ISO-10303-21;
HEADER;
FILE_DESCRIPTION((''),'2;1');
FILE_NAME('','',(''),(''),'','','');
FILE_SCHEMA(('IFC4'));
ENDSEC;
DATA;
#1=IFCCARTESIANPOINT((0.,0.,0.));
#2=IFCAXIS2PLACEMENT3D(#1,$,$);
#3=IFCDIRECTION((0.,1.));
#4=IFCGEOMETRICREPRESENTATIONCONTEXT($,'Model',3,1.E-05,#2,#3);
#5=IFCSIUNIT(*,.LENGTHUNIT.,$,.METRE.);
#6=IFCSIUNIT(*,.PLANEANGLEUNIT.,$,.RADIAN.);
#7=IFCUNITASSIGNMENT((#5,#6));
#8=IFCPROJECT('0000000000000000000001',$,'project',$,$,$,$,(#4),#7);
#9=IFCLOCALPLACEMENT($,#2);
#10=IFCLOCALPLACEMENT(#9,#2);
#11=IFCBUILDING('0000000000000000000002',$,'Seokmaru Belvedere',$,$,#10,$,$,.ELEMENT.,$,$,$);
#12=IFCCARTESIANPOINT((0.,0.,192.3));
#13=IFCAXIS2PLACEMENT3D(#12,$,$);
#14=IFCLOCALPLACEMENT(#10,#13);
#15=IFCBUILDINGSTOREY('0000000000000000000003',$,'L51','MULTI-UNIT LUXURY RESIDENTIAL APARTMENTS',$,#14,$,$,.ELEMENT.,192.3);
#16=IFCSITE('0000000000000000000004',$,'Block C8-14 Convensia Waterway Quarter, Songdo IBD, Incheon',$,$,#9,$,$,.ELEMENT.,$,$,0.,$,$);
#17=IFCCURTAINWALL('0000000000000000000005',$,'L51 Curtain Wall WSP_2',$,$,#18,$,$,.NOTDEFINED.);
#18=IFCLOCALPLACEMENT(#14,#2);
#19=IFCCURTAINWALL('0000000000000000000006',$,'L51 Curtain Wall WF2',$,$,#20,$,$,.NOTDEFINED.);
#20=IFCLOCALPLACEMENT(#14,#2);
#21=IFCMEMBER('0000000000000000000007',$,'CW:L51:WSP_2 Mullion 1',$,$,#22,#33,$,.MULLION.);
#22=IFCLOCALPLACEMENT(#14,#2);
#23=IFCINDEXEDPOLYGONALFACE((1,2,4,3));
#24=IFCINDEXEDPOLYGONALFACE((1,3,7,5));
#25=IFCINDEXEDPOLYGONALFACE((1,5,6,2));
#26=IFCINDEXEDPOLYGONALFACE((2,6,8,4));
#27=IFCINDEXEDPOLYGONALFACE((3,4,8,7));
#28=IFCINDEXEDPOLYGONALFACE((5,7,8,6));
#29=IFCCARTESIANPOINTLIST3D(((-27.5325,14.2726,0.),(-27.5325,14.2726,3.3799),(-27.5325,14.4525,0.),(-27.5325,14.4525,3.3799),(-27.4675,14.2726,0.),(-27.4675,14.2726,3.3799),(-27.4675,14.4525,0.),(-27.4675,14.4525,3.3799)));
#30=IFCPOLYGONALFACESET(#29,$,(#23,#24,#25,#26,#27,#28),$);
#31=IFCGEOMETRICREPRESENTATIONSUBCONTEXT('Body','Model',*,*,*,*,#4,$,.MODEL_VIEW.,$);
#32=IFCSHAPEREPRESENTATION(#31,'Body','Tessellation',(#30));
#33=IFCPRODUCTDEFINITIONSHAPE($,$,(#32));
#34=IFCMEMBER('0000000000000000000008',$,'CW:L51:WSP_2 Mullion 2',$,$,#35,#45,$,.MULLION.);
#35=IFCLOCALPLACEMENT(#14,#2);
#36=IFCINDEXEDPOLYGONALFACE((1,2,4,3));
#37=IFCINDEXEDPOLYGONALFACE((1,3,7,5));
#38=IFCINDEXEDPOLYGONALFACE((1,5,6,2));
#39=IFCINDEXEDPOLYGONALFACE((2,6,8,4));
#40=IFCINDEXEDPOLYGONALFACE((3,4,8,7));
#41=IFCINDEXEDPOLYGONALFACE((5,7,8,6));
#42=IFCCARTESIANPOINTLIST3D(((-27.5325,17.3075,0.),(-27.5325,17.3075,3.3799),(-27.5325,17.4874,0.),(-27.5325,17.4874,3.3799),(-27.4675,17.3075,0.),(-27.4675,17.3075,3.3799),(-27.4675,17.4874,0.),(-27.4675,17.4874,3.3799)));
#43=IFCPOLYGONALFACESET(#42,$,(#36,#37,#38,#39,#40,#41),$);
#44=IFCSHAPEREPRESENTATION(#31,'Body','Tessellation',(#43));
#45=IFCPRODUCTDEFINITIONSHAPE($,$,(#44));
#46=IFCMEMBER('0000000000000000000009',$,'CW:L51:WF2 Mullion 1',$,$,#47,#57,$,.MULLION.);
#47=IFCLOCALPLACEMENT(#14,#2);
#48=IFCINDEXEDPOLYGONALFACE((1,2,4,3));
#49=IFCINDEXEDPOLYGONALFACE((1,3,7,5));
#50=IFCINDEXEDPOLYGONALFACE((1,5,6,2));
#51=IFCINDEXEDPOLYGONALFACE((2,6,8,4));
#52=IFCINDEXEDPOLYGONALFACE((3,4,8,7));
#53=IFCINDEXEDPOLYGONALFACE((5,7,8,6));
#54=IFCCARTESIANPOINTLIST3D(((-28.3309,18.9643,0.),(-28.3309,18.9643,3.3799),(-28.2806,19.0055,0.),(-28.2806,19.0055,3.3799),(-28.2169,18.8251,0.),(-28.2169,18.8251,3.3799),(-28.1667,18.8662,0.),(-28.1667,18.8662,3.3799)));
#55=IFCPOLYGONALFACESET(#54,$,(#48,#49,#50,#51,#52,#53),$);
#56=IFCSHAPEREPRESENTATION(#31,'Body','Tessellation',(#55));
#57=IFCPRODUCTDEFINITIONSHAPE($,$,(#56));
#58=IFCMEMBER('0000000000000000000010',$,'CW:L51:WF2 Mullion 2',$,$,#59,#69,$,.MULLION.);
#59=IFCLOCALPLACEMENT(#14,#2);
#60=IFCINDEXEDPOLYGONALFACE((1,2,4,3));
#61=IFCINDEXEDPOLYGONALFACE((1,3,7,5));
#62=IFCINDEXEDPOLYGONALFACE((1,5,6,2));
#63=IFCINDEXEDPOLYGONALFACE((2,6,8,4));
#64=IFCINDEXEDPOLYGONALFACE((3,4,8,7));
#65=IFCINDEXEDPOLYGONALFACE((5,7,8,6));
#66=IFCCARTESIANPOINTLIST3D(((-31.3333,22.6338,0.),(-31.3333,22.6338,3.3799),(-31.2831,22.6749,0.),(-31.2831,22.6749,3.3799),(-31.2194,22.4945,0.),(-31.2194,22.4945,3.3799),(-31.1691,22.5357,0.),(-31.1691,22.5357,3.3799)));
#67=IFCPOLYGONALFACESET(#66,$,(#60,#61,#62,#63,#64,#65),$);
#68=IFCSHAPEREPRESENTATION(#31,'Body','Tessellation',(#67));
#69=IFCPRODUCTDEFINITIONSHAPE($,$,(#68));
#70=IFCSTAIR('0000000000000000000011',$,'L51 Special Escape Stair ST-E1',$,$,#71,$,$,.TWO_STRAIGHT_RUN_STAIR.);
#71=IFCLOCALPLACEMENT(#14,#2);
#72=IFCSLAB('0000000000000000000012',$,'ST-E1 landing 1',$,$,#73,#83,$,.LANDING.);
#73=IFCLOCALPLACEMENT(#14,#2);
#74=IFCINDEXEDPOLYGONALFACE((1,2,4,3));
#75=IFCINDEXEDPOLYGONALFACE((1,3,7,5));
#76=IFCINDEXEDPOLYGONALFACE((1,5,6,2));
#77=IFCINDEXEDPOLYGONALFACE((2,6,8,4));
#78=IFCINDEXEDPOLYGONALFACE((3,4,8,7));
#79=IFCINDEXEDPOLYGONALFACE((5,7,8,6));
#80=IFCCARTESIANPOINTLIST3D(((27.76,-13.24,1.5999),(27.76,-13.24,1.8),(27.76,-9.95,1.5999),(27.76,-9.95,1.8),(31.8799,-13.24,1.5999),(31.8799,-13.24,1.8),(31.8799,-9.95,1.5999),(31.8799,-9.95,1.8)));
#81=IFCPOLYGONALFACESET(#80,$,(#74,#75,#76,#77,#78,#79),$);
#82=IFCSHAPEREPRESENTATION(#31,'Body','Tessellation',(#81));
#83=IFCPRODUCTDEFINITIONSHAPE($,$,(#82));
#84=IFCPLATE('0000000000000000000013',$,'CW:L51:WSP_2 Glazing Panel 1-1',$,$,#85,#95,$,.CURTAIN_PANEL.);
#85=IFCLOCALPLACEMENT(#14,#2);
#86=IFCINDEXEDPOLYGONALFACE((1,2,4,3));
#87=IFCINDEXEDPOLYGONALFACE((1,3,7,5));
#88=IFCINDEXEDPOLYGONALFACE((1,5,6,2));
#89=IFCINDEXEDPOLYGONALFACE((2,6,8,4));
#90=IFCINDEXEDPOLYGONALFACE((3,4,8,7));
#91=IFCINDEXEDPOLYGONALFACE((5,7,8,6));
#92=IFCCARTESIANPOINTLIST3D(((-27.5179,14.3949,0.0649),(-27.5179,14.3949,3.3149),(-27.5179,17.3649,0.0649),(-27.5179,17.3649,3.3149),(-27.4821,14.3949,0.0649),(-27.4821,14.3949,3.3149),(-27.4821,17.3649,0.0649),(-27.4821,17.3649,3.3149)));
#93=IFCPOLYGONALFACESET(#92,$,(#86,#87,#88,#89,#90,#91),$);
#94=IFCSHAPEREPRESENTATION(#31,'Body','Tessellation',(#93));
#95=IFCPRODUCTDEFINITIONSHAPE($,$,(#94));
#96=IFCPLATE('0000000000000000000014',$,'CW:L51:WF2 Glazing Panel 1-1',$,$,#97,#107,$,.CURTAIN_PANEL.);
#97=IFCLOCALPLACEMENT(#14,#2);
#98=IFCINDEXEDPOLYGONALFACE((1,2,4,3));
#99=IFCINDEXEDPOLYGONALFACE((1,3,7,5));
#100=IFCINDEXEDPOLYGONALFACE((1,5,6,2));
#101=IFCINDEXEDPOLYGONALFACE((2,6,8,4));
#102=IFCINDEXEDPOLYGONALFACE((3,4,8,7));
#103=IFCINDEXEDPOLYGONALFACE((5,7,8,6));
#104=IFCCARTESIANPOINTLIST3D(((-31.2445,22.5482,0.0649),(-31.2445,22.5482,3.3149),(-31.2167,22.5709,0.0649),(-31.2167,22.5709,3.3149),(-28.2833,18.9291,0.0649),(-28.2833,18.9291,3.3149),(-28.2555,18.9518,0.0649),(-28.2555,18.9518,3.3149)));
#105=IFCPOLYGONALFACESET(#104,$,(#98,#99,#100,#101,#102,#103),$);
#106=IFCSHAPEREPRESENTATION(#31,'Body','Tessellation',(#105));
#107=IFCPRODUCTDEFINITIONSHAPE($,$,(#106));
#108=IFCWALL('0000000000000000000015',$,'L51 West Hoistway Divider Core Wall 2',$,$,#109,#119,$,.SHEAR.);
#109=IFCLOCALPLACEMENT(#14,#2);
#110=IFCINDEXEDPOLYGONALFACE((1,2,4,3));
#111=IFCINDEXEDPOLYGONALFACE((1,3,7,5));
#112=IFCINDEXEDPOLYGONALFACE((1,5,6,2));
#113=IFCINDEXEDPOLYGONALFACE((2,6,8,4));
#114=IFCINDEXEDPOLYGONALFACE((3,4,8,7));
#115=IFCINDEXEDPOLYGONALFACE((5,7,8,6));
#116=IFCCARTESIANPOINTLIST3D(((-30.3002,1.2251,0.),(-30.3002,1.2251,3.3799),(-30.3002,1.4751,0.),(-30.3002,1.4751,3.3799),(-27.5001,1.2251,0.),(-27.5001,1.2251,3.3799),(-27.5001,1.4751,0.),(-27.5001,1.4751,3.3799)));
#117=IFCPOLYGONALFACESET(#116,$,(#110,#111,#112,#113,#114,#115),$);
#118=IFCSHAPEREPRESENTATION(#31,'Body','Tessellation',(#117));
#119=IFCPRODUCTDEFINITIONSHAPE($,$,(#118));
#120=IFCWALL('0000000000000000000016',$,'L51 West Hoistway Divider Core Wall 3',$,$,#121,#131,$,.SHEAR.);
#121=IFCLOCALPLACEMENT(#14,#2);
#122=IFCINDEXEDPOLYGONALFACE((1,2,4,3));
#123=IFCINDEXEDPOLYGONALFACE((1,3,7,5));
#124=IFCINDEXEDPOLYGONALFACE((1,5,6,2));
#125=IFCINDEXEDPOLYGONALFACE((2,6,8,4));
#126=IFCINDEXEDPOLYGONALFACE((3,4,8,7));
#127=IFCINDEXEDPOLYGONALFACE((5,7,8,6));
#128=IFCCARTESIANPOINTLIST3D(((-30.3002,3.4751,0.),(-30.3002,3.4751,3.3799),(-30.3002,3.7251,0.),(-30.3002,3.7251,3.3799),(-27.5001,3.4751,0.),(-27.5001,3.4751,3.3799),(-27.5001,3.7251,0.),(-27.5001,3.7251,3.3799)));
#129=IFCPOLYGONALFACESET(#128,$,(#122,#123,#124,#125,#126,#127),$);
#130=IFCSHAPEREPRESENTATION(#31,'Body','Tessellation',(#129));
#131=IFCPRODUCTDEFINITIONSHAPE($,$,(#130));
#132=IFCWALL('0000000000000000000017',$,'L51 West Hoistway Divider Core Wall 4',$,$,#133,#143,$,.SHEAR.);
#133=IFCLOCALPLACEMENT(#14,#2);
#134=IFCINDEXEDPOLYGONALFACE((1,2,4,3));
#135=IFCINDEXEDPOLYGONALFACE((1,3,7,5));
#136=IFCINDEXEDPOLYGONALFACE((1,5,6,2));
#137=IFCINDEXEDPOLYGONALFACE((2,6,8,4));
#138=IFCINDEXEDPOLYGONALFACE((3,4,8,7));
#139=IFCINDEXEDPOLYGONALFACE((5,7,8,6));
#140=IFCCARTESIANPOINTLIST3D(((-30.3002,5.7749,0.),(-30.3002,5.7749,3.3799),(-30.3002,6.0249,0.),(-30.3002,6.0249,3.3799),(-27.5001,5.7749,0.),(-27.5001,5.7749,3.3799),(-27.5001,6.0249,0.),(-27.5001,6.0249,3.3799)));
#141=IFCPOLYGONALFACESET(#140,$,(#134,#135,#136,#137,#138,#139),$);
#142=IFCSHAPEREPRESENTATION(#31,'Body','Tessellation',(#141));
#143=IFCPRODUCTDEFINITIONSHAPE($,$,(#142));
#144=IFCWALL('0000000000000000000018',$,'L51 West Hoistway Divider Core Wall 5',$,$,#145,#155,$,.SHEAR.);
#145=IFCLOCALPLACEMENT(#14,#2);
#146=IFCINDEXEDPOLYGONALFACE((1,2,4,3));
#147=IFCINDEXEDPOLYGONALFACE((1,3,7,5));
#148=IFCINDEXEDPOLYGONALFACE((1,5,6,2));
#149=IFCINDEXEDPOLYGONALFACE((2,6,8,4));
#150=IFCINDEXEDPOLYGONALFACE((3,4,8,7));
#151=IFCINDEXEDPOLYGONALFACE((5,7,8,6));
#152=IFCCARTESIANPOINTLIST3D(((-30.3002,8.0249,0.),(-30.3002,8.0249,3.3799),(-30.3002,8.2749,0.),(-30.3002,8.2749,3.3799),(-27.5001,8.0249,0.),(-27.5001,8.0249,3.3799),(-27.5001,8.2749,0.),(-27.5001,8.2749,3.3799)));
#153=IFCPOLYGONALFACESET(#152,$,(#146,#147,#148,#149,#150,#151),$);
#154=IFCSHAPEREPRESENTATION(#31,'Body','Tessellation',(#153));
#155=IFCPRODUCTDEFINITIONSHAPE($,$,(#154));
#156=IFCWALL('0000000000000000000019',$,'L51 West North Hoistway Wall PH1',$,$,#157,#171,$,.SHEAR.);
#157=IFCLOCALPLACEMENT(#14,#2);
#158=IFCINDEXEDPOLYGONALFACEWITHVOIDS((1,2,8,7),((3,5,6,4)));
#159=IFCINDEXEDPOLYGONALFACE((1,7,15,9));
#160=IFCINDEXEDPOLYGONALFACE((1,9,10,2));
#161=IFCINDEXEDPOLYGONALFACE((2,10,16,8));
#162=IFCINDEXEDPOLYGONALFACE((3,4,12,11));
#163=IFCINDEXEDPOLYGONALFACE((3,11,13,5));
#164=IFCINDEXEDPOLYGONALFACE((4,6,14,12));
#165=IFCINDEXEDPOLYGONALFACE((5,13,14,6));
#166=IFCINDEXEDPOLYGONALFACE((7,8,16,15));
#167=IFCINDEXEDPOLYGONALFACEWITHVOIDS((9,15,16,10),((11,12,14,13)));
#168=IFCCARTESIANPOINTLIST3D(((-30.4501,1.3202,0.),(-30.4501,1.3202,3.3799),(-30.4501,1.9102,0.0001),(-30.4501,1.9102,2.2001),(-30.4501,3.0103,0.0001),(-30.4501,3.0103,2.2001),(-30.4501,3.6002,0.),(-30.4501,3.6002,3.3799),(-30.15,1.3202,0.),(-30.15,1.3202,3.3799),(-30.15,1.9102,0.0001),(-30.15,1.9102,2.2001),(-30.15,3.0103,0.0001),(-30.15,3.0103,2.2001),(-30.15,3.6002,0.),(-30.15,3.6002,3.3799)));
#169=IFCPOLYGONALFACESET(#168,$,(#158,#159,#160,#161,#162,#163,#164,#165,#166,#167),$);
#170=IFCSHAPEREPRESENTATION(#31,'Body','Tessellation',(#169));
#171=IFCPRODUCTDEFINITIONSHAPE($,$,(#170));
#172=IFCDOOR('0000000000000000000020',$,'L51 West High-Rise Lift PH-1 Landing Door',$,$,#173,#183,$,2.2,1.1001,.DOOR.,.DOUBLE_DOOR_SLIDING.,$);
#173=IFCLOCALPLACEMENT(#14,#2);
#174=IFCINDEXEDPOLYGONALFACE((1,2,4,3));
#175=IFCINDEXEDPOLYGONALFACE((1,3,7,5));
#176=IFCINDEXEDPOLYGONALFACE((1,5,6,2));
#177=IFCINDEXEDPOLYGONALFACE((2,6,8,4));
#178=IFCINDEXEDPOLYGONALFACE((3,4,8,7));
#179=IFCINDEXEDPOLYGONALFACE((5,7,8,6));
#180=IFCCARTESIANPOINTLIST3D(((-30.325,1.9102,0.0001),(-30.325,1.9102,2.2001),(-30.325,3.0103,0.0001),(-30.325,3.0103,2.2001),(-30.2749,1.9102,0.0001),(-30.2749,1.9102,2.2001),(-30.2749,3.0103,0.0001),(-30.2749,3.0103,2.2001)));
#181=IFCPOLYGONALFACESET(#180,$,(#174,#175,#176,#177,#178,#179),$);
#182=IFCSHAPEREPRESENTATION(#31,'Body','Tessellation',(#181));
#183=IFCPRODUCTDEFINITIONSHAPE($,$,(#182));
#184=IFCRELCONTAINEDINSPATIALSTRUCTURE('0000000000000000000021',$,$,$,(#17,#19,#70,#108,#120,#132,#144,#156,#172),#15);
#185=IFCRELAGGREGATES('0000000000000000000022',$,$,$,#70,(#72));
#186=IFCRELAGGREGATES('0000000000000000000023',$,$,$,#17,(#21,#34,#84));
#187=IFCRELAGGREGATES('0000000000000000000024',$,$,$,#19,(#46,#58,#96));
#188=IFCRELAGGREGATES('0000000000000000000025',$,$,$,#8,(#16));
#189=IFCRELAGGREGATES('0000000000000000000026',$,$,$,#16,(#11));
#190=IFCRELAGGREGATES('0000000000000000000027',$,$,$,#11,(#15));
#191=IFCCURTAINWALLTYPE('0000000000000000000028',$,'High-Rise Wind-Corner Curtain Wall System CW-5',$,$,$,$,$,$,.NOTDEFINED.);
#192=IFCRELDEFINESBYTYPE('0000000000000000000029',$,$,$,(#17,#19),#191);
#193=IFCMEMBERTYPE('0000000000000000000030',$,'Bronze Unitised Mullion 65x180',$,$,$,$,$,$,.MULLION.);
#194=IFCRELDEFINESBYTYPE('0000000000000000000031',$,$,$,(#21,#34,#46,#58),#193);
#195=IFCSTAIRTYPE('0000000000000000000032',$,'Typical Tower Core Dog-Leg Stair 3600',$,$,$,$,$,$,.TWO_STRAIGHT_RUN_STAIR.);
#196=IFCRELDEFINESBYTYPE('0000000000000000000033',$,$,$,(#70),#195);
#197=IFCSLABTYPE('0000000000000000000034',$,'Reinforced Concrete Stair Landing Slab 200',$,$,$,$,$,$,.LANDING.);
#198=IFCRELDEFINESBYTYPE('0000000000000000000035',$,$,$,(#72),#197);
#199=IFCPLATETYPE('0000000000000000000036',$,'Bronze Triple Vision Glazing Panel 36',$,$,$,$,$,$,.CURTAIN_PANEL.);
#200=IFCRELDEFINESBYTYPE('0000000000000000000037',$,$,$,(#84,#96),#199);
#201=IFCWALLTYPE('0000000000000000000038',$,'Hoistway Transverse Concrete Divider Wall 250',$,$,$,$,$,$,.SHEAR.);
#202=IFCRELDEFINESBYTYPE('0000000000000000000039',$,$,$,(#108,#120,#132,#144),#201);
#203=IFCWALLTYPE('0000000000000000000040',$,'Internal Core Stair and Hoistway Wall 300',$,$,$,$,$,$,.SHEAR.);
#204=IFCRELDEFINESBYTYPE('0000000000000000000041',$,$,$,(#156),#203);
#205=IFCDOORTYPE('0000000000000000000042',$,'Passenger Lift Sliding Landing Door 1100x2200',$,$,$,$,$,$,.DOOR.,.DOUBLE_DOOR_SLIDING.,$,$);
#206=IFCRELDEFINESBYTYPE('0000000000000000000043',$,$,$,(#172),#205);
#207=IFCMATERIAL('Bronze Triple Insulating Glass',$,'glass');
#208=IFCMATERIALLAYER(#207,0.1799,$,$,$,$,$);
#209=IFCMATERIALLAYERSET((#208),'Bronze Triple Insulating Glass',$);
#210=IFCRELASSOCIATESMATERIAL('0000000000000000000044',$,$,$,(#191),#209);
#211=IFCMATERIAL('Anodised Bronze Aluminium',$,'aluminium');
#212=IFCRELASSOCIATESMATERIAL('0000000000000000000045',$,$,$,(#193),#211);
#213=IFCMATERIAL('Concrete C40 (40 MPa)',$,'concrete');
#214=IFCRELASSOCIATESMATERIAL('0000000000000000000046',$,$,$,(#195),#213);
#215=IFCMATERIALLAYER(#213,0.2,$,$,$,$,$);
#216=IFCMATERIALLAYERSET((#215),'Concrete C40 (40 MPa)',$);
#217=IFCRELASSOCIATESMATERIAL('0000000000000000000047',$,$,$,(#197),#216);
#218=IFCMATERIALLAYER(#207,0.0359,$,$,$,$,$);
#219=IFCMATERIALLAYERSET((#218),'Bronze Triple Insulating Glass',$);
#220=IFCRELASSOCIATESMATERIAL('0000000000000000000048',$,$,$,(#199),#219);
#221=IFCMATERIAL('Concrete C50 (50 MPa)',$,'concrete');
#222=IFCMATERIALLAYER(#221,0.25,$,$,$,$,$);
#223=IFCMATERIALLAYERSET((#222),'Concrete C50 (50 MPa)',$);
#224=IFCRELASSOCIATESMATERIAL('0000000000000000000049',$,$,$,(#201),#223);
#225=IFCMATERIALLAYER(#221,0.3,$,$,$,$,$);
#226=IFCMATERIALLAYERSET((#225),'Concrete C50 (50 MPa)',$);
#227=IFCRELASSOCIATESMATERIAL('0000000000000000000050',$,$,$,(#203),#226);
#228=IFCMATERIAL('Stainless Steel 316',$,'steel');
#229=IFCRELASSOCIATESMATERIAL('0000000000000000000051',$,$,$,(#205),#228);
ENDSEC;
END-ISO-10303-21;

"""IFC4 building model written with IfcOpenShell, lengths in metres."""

from ifc_helpers import new_model, si_unit, direction, frame, frame_2d, origin, origin_2d, place, context, subcontext, project, spatial, polyline, rectangle, outline, extrude, source, transform, mapped, material, layer, layer_set, material_profile, profile_set, type_object, type_shapes, element, fill, aggregate, save


model = new_model("IFC4")

# Units and contexts
model_context = context("Model", 3, precision=1e-05, world=origin(), true_north=direction((0.0, 1.0)))
body_context = subcontext(model_context, "Body", "Model", "MODEL_VIEW")
ifc_project = project(units=[si_unit("LENGTHUNIT", "METRE"), si_unit("PLANEANGLEUNIT", "RADIAN")], contexts=[model_context])

# Site, building, storey
site_placement = place(None, origin())
site = spatial("IfcSite", under=ifc_project, at=site_placement, Name="Block C8-14 Convensia Waterway Quarter, Songdo IBD, Incheon", CompositionType="ELEMENT", RefElevation=0.0)
building_placement = place(site_placement, origin())
building = spatial("IfcBuilding", under=site, at=building_placement, Name="Seokmaru Belvedere", CompositionType="ELEMENT")
storey_placement = place(building_placement, frame((0.0, 0.0, 192.3)))
storey = spatial("IfcBuildingStorey", under=building, at=storey_placement, Name="L51", Description="MULTI-UNIT LUXURY RESIDENTIAL APARTMENTS", CompositionType="ELEMENT", Elevation=192.3)

# Curtain walls
ifc_material_1 = material(Name="Bronze Triple Insulating Glass", Category="glass")
ifc_layer_1 = layer(ifc_material_1, 0.1799)
ifc_layer_set_1 = layer_set([ifc_layer_1], Name="Bronze Triple Insulating Glass")
curtain_wall_type = type_object("IfcCurtainWallType", Name="High-Rise Wind-Corner Curtain Wall System CW-5", PredefinedType="NOTDEFINED", material=ifc_layer_set_1)
curtain_wall_1_placement = place(storey_placement, origin())
curtain_wall_1 = element("IfcCurtainWall", 1, at=curtain_wall_1_placement, inside=storey, type_object=curtain_wall_type, Name="L51 Curtain Wall WSP_2", PredefinedType="NOTDEFINED")
ifc_material_2 = material(Name="Anodised Bronze Aluminium", Category="aluminium")
curtain_wall_2_placement = place(storey_placement, origin())
curtain_wall_2 = element("IfcCurtainWall", 2, at=curtain_wall_2_placement, inside=storey, type_object=curtain_wall_type, Name="L51 Curtain Wall WF2", PredefinedType="NOTDEFINED")

# Members
ifc_material_profile_1 = material_profile(ifc_material_2, rectangle(XDim=0.0649, YDim=0.1799, at=origin_2d()), Name="CW-M-65x180")
ifc_profile_set_1 = profile_set([ifc_material_profile_1], Name="Anodised Bronze Aluminium")
member_type_1 = type_object("IfcMemberType", Name="Bronze Unitised Mullion 65x180", PredefinedType="MULLION", material=ifc_profile_set_1)
shared_shape_1 = source(origin(), body_context, "Body", "SweptSolid", [
    extrude(rectangle(XDim=0.0649, YDim=0.1799, at=origin_2d()), origin(), (0.0, 0.0, 1.0), 3.3799),
])
type_shapes(member_type_1, [shared_shape_1])
member_1_placement = place(storey_placement, frame((-27.5, 14.3625, 0.0), z_axis=(0.0, 0.0, 1.0), x_axis=(-1.0, 0.0, 0.0)))
member_1 = element("IfcMember", 3, at=member_1_placement, type_object=member_type_1, Name="CW:L51:WSP_2 Mullion 1", PredefinedType="MULLION", context=body_context, shape_type="MappedRepresentation", body=[
    mapped(shared_shape_1, transform((0.0, 0.0, 0.0), scale=1.0)),
])
member_2_placement = place(storey_placement, frame((-27.5, 17.3975, 0.0), z_axis=(0.0, 0.0, 1.0), x_axis=(-1.0, 0.0, 0.0)))
member_2 = element("IfcMember", 4, at=member_2_placement, type_object=member_type_1, Name="CW:L51:WSP_2 Mullion 2", PredefinedType="MULLION", context=body_context, shape_type="MappedRepresentation", body=[
    mapped(shared_shape_1, transform((0.0, 0.0, 0.0), scale=1.0)),
])
member_3_placement = place(storey_placement, frame((-28.2488, 18.9153, 0.0), z_axis=(0.0, 0.0, 1.0), x_axis=(-0.773944, -0.633254, 0.0)))
member_3 = element("IfcMember", 5, at=member_3_placement, type_object=member_type_1, Name="CW:L51:WF2 Mullion 1", PredefinedType="MULLION", context=body_context, shape_type="MappedRepresentation", body=[
    mapped(shared_shape_1, transform((0.0, 0.0, 0.0), scale=1.0)),
])
member_4_placement = place(storey_placement, frame((-31.2512, 22.5847, 0.0), z_axis=(0.0, 0.0, 1.0), x_axis=(-0.773944, -0.633254, 0.0)))
member_4 = element("IfcMember", 6, at=member_4_placement, type_object=member_type_1, Name="CW:L51:WF2 Mullion 2", PredefinedType="MULLION", context=body_context, shape_type="MappedRepresentation", body=[
    mapped(shared_shape_1, transform((0.0, 0.0, 0.0), scale=1.0)),
])

# Stair, slab
ifc_material_3 = material(Name="Concrete C40 (40 MPa)", Category="concrete")
stair_type = type_object("IfcStairType", Name="Typical Tower Core Dog-Leg Stair 3600", PredefinedType="TWO_STRAIGHT_RUN_STAIR", material=ifc_material_3)
stair_placement = place(storey_placement, origin())
stair = element("IfcStair", 7, at=stair_placement, inside=storey, type_object=stair_type, Name="L51 Special Escape Stair ST-E1", PredefinedType="TWO_STRAIGHT_RUN_STAIR")
ifc_layer_2 = layer(ifc_material_3, 0.2)
ifc_layer_set_2 = layer_set([ifc_layer_2], Name="Concrete C40 (40 MPa)")
slab_type = type_object("IfcSlabType", Name="Reinforced Concrete Stair Landing Slab 200", PredefinedType="LANDING", material=ifc_layer_set_2)
slab_placement = place(storey_placement, frame((0.0, 0.0, 1.5999)))
slab = element("IfcSlab", 8, at=slab_placement, type_object=slab_type, Name="ST-E1 landing 1", PredefinedType="LANDING", context=body_context, shape_type="SweptSolid", body=[
    extrude(outline(polyline([(27.76, -13.24), (31.8799, -13.24), (31.8799, -9.95), (27.76, -9.95), (27.76, -13.24)])), origin(), (0.0, 0.0, 1.0), 0.2002),
])
aggregate(stair, [slab])

# Plates
ifc_layer_3 = layer(ifc_material_1, 0.0359)
ifc_layer_set_3 = layer_set([ifc_layer_3], Name="Bronze Triple Insulating Glass")
plate_type = type_object("IfcPlateType", Name="Bronze Triple Vision Glazing Panel 36", PredefinedType="CURTAIN_PANEL", material=ifc_layer_set_3)
shared_shape_2 = source(origin(), body_context, "Body", "SweptSolid", [
    extrude(rectangle(XDim=2.97, YDim=0.0359, at=origin_2d()), origin(), (0.0, 0.0, 1.0), 3.25),
])
plate_1_placement = place(storey_placement, frame((-27.5, 15.8799, 0.0649), z_axis=(0.0, 0.0, 1.0), x_axis=(0.0, 1.0, 0.0)))
plate_1 = element("IfcPlate", 9, at=plate_1_placement, type_object=plate_type, Name="CW:L51:WSP_2 Glazing Panel 1-1", PredefinedType="CURTAIN_PANEL", context=body_context, shape_type="MappedRepresentation", body=[
    mapped(shared_shape_2, transform((0.0, 0.0, 0.0), scale=1.0)),
])
aggregate(curtain_wall_1, [member_1, member_2, plate_1])
shared_shape_3 = source(origin(), body_context, "Body", "SweptSolid", [
    extrude(rectangle(XDim=4.6763, YDim=0.0359, at=origin_2d()), origin(), (0.0, 0.0, 1.0), 3.25),
])
type_shapes(plate_type, [shared_shape_2, shared_shape_3])
plate_2_placement = place(storey_placement, frame((-29.75, 20.75, 0.0649), z_axis=(0.0, 0.0, 1.0), x_axis=(-0.633254, 0.773944, 0.0)))
plate_2 = element("IfcPlate", 10, at=plate_2_placement, type_object=plate_type, Name="CW:L51:WF2 Glazing Panel 1-1", PredefinedType="CURTAIN_PANEL", context=body_context, shape_type="MappedRepresentation", body=[
    mapped(shared_shape_3, transform((0.0, 0.0, 0.0), scale=1.0)),
])
aggregate(curtain_wall_2, [member_3, member_4, plate_2])

# Walls
ifc_material_4 = material(Name="Concrete C50 (50 MPa)", Category="concrete")
ifc_layer_4 = layer(ifc_material_4, 0.25)
ifc_layer_set_4 = layer_set([ifc_layer_4], Name="Concrete C50 (50 MPa)")
wall_type_1 = type_object("IfcWallType", Name="Hoistway Transverse Concrete Divider Wall 250", PredefinedType="SHEAR", material=ifc_layer_set_4)
for number, where, z_axis, x_axis, name in (
    (11, (-30.3, 1.3501, 0.0), (0.0, 0.0, 1.0), (1.0, 0.0, 0.0), "L51 West Hoistway Divider Core Wall 2"),
    (12, (-30.3, 3.6001, 0.0), (0.0, 0.0, 1.0), (1.0, 0.0, 0.0), "L51 West Hoistway Divider Core Wall 3"),
    (13, (-30.3, 5.8999, 0.0), (0.0, 0.0, 1.0), (1.0, 0.0, 0.0), "L51 West Hoistway Divider Core Wall 4"),
    (14, (-30.3, 8.1499, 0.0), (0.0, 0.0, 1.0), (1.0, 0.0, 0.0), "L51 West Hoistway Divider Core Wall 5"),
):
    element("IfcWall", number, at=place(storey_placement, frame(where, z_axis=z_axis, x_axis=x_axis)), inside=storey, type_object=wall_type_1, Name=name, PredefinedType="SHEAR", context=body_context, shape_type="SweptSolid", body=[
        extrude(rectangle(XDim=2.8, YDim=0.25, at=frame_2d((1.3999, 0.0))), origin(), (0.0, 0.0, 1.0), 3.3799),
    ])

# Wall, opening, door
ifc_layer_5 = layer(ifc_material_4, 0.3)
ifc_layer_set_5 = layer_set([ifc_layer_5], Name="Concrete C50 (50 MPa)")
wall_type_2 = type_object("IfcWallType", Name="Internal Core Stair and Hoistway Wall 300", PredefinedType="SHEAR", material=ifc_layer_set_5)
wall_1_placement = place(storey_placement, frame((-30.3, 1.3201, 0.0), z_axis=(0.0, 0.0, 1.0), x_axis=(0.0, 1.0, 0.0)))
wall_1 = element("IfcWall", 15, at=wall_1_placement, inside=storey, type_object=wall_type_2, Name="L51 West North Hoistway Wall PH1", PredefinedType="SHEAR", context=body_context, shape_type="SweptSolid", body=[
    extrude(rectangle(XDim=2.28, YDim=0.3, at=frame_2d((1.1401, 0.0))), origin(), (0.0, 0.0, 1.0), 3.3799),
])
opening_1_placement = place(wall_1_placement, frame((0.5901, 0.0, 0.0)))
opening_1 = element("IfcOpeningElement", 16, at=opening_1_placement, cuts=wall_1, PredefinedType="OPENING", context=body_context, shape_type="SweptSolid", body=[
    extrude(rectangle(XDim=1.1001, YDim=2.2, at=frame_2d((0.55, 1.1001))), frame((0.0, 0.1602, 0.0), z_axis=(0.0, -1.0, 0.0), x_axis=(1.0, 0.0, 0.0)), (0.0, 0.0, 1.0), 0.3201),
])
ifc_material_5 = material(Name="Stainless Steel 316", Category="steel")
door_type_1 = type_object("IfcDoorType", Name="Passenger Lift Sliding Landing Door 1100x2200", OperationType="DOUBLE_DOOR_SLIDING", PredefinedType="DOOR", material=ifc_material_5)
shared_shape_4 = source(origin(), body_context, "Body", "SweptSolid", [
    extrude(rectangle(XDim=1.1001, YDim=2.2, at=frame_2d((0.55, 1.1001))), frame((0.0, 0.0249, 0.0), z_axis=(0.0, -1.0, 0.0), x_axis=(1.0, 0.0, 0.0)), (0.0, 0.0, 1.0), 0.05),
])
type_shapes(door_type_1, [shared_shape_4])
door_1_placement = place(opening_1_placement, origin())
door_1 = element("IfcDoor", 17, at=door_1_placement, inside=storey, type_object=door_type_1, Name="L51 West High-Rise Lift PH-1 Landing Door", OperationType="DOUBLE_DOOR_SLIDING", OverallHeight=2.2, OverallWidth=1.1001, PredefinedType="DOOR", context=body_context, shape_type="MappedRepresentation", body=[
    mapped(shared_shape_4, transform((0.0, 0.0, 0.0), scale=1.0)),
])
fill(opening_1, door_1)

save(model, "model.ifc")
